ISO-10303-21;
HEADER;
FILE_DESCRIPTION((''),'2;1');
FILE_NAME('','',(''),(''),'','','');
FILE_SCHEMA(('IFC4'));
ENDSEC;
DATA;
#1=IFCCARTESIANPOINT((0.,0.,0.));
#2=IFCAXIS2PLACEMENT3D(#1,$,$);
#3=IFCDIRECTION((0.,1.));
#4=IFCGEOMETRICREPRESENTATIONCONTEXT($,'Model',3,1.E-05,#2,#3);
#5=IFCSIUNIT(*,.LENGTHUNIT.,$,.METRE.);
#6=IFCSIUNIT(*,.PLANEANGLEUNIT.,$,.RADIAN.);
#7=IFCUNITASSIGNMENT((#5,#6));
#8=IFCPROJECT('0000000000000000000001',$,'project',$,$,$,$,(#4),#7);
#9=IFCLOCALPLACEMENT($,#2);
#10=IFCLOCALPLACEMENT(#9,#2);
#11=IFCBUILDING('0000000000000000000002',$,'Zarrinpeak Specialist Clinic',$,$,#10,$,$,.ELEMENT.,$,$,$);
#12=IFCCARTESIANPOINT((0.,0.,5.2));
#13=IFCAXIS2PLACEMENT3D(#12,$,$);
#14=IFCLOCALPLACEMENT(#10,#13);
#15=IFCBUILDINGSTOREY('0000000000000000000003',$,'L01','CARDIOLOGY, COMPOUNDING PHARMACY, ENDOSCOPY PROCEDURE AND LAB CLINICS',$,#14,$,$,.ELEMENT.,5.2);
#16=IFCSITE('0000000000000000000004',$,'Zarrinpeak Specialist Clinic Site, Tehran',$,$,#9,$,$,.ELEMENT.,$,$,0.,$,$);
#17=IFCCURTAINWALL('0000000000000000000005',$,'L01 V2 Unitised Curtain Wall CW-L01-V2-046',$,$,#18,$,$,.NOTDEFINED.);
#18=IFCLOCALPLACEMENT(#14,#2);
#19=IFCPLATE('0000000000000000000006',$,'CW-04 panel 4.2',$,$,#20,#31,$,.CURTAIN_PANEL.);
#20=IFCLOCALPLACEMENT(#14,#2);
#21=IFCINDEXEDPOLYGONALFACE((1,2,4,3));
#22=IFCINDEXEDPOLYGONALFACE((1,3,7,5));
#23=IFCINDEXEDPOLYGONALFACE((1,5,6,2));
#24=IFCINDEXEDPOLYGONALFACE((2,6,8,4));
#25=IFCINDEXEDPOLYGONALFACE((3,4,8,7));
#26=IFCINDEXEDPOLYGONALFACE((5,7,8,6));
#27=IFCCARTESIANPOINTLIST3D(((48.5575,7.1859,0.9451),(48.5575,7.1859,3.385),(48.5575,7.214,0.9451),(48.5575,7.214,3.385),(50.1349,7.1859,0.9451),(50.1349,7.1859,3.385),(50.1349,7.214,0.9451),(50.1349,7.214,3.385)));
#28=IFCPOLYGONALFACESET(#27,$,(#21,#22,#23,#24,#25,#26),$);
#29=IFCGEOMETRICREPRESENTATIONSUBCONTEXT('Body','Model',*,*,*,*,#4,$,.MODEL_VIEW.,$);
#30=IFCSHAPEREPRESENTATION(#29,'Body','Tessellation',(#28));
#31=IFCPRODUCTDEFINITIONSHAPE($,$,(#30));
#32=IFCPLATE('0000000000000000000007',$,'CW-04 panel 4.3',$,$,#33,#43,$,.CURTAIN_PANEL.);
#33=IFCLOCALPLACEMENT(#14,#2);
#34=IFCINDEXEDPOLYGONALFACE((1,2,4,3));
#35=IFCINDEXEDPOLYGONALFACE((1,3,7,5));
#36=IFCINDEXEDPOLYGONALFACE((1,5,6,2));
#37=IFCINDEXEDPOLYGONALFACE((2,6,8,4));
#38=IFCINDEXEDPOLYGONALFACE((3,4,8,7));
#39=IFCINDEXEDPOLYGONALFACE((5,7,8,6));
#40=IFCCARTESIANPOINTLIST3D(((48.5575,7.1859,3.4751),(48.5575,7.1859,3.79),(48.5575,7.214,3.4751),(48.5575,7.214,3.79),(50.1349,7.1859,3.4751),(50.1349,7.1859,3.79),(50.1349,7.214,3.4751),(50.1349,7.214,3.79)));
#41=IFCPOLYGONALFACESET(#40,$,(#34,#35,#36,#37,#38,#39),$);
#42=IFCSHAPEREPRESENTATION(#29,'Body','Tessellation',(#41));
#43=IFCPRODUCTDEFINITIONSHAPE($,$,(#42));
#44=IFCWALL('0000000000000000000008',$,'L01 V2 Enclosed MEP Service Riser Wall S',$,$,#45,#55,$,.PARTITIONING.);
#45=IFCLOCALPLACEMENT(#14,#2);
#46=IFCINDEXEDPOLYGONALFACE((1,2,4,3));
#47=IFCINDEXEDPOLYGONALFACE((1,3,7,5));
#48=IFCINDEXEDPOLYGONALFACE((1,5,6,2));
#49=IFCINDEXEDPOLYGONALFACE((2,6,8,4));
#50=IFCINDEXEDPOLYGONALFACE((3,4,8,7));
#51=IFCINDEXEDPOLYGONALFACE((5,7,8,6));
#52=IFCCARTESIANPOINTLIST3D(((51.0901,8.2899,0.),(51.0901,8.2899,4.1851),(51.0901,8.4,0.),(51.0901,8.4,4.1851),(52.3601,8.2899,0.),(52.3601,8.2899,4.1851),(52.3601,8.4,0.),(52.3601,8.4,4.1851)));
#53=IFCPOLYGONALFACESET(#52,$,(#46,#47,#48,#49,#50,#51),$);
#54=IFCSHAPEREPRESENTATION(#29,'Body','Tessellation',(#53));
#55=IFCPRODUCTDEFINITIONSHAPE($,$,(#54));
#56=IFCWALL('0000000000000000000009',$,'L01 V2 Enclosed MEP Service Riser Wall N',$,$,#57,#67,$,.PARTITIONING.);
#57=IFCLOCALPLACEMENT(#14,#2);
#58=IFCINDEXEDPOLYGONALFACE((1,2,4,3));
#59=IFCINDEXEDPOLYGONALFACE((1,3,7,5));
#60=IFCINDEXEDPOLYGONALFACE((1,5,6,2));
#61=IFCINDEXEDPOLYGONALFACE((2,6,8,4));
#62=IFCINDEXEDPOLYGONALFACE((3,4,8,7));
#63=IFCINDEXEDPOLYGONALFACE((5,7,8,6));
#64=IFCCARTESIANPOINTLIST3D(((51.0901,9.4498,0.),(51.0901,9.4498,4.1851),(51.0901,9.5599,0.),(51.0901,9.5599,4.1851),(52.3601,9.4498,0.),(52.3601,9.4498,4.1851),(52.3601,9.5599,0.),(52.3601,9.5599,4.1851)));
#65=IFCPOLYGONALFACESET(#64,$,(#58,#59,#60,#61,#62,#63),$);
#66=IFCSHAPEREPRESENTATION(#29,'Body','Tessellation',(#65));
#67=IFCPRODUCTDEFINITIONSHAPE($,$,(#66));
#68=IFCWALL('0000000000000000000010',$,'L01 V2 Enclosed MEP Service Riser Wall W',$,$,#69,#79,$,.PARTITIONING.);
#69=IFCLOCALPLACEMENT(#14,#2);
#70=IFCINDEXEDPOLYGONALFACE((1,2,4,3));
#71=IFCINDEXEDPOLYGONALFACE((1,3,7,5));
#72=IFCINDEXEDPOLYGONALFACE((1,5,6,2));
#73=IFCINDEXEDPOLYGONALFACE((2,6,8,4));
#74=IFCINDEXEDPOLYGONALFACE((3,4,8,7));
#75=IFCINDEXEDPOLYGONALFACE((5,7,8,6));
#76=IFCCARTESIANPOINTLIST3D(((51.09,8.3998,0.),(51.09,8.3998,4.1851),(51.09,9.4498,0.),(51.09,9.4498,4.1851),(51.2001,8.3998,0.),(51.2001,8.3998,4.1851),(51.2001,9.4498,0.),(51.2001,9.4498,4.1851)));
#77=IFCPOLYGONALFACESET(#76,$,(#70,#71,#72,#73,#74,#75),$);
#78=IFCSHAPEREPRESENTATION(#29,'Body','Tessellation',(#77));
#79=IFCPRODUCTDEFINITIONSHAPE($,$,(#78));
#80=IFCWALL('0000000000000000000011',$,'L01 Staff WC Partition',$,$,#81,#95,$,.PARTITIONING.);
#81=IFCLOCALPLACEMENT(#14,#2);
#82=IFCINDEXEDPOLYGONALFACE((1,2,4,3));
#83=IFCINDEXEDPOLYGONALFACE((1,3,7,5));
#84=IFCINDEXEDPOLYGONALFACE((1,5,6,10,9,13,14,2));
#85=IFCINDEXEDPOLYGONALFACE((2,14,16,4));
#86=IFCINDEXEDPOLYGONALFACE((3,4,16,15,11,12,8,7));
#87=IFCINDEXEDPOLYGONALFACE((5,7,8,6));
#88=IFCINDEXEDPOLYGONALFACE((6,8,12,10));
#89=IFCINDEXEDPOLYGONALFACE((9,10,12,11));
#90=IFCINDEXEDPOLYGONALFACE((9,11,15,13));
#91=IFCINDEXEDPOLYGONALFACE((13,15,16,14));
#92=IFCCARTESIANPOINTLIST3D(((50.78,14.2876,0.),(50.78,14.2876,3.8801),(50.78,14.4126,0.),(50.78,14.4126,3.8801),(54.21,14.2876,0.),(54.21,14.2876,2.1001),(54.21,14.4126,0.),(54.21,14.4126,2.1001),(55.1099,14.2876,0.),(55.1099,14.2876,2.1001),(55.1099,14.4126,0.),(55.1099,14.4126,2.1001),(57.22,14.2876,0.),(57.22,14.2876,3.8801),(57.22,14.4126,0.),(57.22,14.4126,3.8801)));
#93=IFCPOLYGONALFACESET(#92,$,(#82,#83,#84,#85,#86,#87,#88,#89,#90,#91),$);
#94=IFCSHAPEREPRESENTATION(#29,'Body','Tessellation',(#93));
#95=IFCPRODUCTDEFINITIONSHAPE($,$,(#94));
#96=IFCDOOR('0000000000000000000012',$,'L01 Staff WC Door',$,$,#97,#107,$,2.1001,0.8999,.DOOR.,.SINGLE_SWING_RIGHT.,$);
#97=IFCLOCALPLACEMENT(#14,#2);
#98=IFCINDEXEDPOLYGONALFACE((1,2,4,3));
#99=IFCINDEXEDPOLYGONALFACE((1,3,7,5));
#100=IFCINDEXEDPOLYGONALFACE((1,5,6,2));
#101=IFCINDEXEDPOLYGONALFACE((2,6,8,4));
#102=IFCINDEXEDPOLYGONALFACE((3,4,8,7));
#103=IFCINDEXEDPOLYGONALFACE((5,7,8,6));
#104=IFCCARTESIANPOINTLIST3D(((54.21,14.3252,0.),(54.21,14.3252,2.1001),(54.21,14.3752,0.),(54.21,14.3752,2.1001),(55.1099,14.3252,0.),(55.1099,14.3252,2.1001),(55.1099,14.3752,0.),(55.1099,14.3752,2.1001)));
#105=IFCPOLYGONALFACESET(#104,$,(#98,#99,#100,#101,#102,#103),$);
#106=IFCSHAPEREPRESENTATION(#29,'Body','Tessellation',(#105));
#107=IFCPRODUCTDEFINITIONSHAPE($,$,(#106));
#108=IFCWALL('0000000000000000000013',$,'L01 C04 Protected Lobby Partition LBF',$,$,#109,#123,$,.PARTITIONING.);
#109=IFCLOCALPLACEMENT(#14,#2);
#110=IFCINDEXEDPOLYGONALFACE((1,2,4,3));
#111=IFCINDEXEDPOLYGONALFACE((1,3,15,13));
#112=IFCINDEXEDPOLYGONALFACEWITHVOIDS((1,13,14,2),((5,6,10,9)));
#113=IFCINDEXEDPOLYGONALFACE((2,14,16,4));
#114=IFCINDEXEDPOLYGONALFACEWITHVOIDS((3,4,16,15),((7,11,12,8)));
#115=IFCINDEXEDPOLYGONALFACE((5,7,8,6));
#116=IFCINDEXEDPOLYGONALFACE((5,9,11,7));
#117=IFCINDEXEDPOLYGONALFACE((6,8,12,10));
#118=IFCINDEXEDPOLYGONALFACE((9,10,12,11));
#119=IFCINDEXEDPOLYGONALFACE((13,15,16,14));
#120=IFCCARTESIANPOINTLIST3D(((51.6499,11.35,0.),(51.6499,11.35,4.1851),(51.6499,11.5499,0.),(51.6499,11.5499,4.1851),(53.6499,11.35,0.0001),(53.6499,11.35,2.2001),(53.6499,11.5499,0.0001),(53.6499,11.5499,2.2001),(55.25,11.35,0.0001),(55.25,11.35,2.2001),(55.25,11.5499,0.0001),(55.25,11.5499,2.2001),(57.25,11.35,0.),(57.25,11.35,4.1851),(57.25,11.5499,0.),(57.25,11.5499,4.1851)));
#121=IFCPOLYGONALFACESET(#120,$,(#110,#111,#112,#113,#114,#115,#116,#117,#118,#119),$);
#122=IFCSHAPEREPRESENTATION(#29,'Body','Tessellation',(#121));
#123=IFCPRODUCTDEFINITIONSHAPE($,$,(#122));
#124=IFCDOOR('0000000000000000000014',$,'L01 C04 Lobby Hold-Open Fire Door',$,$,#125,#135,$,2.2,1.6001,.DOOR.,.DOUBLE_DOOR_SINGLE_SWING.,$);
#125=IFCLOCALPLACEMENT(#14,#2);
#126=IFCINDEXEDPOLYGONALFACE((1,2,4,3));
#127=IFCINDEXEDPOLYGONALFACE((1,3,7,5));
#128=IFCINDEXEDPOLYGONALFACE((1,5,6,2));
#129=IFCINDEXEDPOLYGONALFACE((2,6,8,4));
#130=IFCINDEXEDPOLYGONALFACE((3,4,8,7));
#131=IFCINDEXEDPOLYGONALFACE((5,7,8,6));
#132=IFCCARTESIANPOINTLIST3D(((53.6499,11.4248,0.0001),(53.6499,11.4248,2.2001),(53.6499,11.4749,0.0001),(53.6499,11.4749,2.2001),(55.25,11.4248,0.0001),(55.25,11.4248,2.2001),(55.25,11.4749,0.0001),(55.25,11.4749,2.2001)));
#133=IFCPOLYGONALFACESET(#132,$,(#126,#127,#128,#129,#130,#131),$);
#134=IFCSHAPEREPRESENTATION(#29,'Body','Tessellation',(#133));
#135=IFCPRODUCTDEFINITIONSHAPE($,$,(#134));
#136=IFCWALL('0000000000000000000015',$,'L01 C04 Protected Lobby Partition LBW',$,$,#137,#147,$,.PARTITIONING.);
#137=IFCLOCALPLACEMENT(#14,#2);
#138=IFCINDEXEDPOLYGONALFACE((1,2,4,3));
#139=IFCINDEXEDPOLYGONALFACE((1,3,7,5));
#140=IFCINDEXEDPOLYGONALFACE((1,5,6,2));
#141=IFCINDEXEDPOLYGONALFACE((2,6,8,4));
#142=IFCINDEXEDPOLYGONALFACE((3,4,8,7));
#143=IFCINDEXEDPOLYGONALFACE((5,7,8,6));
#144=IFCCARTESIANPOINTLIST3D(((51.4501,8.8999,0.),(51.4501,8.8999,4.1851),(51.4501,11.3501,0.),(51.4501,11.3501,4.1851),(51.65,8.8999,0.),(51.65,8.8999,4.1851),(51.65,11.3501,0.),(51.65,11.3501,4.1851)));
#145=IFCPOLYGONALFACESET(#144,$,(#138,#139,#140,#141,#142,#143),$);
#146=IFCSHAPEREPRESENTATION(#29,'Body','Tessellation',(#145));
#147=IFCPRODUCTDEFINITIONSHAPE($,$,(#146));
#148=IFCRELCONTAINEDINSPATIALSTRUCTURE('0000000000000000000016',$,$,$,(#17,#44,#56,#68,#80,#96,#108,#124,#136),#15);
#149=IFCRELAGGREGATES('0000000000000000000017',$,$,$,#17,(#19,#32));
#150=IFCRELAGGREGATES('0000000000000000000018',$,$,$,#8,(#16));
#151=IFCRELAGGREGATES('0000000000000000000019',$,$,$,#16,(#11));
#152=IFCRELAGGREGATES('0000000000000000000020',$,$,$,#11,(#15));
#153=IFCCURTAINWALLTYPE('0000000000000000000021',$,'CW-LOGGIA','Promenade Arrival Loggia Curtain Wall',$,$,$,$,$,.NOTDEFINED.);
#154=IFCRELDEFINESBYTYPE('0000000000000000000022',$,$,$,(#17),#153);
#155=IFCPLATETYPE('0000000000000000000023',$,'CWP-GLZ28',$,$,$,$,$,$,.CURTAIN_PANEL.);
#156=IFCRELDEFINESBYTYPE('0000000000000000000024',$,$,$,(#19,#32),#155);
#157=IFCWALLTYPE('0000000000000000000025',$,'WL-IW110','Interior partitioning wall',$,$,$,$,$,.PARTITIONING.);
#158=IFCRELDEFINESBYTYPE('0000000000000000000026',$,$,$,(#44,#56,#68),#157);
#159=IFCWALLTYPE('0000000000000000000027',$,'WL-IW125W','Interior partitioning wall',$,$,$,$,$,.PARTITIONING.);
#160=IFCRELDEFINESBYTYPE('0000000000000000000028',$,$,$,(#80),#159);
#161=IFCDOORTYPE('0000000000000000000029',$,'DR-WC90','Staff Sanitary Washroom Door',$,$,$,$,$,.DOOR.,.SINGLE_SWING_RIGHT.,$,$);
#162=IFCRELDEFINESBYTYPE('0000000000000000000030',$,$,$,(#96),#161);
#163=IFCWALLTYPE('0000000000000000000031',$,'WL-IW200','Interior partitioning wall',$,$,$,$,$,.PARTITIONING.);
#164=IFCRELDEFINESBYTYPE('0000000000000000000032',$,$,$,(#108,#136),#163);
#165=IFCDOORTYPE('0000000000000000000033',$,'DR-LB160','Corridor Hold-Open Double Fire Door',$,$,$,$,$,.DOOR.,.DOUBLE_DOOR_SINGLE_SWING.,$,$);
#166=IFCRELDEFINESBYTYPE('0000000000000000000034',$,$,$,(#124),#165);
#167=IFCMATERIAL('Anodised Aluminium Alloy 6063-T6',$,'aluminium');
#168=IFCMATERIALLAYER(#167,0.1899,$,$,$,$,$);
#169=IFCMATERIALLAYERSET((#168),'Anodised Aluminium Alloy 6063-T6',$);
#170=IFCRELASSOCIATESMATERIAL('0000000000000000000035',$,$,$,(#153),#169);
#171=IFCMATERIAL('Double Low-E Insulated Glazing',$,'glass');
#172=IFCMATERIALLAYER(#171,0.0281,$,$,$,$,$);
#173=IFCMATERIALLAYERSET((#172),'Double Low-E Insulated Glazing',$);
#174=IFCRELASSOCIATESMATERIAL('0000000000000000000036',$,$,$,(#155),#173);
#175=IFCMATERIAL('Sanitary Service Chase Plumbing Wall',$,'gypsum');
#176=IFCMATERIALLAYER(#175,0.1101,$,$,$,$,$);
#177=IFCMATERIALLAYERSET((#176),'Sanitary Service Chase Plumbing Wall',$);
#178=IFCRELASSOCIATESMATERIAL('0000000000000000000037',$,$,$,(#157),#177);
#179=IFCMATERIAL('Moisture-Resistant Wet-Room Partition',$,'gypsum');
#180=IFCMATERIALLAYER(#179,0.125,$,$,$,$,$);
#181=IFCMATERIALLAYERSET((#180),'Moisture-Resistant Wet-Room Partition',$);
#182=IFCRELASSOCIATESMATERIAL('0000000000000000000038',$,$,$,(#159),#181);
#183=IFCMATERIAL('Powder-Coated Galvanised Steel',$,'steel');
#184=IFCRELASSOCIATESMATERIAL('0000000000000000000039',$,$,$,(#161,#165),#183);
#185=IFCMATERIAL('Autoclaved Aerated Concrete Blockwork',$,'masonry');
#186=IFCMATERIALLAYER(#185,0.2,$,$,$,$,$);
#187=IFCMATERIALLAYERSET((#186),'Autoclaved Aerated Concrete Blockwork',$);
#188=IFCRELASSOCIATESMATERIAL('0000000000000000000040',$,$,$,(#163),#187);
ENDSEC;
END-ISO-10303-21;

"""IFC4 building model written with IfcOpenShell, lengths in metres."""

from ifc_helpers import new_model, si_unit, direction, frame, frame_2d, origin, origin_2d, place, context, subcontext, project, spatial, rectangle, extrude, material, layer, layer_set, type_object, element, fill, aggregate, save


model = new_model("IFC4")

# Units and contexts
model_context = context("Model", 3, precision=1e-05, world=origin(), true_north=direction((0.0, 1.0)))
body_context = subcontext(model_context, "Body", "Model", "MODEL_VIEW")
ifc_project = project(units=[si_unit("LENGTHUNIT", "METRE"), si_unit("PLANEANGLEUNIT", "RADIAN")], contexts=[model_context])

# Site, building, storey
site_placement = place(None, origin())
site = spatial("IfcSite", under=ifc_project, at=site_placement, Name="Zarrinpeak Specialist Clinic Site, Tehran", CompositionType="ELEMENT", RefElevation=0.0)
building_placement = place(site_placement, origin())
building = spatial("IfcBuilding", under=site, at=building_placement, Name="Zarrinpeak Specialist Clinic", CompositionType="ELEMENT")
storey_placement = place(building_placement, frame((0.0, 0.0, 5.2)))
storey = spatial("IfcBuildingStorey", under=building, at=storey_placement, Name="L01", Description="CARDIOLOGY, COMPOUNDING PHARMACY, ENDOSCOPY PROCEDURE AND LAB CLINICS", CompositionType="ELEMENT", Elevation=5.2)

# Curtain wall, plates
ifc_material_1 = material(Name="Anodised Aluminium Alloy 6063-T6", Category="aluminium")
ifc_layer_1 = layer(ifc_material_1, 0.1899)
ifc_layer_set_1 = layer_set([ifc_layer_1], Name="Anodised Aluminium Alloy 6063-T6")
curtain_wall_type = type_object("IfcCurtainWallType", Name="CW-LOGGIA", Description="Promenade Arrival Loggia Curtain Wall", PredefinedType="NOTDEFINED", material=ifc_layer_set_1)
curtain_wall_placement = place(storey_placement, origin())
curtain_wall = element("IfcCurtainWall", 1, at=curtain_wall_placement, inside=storey, type_object=curtain_wall_type, Name="L01 V2 Unitised Curtain Wall CW-L01-V2-046", PredefinedType="NOTDEFINED")
ifc_material_2 = material(Name="Double Low-E Insulated Glazing", Category="glass")
ifc_layer_2 = layer(ifc_material_2, 0.0281)
ifc_layer_set_2 = layer_set([ifc_layer_2], Name="Double Low-E Insulated Glazing")
plate_type = type_object("IfcPlateType", Name="CWP-GLZ28", PredefinedType="CURTAIN_PANEL", material=ifc_layer_set_2)
plate_1_placement = place(storey_placement, frame((49.3462, 7.2, 0.9451), z_axis=(0.0, 0.0, 1.0), x_axis=(1.0, 0.0, 0.0)))
plate_1 = element("IfcPlate", 2, at=plate_1_placement, type_object=plate_type, Name="CW-04 panel 4.2", PredefinedType="CURTAIN_PANEL", context=body_context, shape_type="SweptSolid", body=[
    extrude(rectangle(XDim=1.5774, YDim=0.0281, at=origin_2d()), origin(), (0.0, 0.0, 1.0), 2.4399),
])
plate_2_placement = place(storey_placement, frame((49.3462, 7.2, 3.4751), z_axis=(0.0, 0.0, 1.0), x_axis=(1.0, 0.0, 0.0)))
plate_2 = element("IfcPlate", 3, at=plate_2_placement, type_object=plate_type, Name="CW-04 panel 4.3", PredefinedType="CURTAIN_PANEL", context=body_context, shape_type="SweptSolid", body=[
    extrude(rectangle(XDim=1.5774, YDim=0.0281, at=origin_2d()), origin(), (0.0, 0.0, 1.0), 0.3149),
])
aggregate(curtain_wall, [plate_1, plate_2])

# Walls
ifc_material_3 = material(Name="Sanitary Service Chase Plumbing Wall", Category="gypsum")
ifc_layer_3 = layer(ifc_material_3, 0.1101)
ifc_layer_set_3 = layer_set([ifc_layer_3], Name="Sanitary Service Chase Plumbing Wall")
wall_type_1 = type_object("IfcWallType", Name="WL-IW110", Description="Interior partitioning wall", PredefinedType="PARTITIONING", material=ifc_layer_set_3)
for number, where, z_axis, x_axis, name in (
    (4, (51.0901, 8.345, 0.0), (0.0, 0.0, 1.0), (1.0, 0.0, 0.0), "L01 V2 Enclosed MEP Service Riser Wall S"),
    (5, (51.0901, 9.5049, 0.0), (0.0, 0.0, 1.0), (1.0, 0.0, 0.0), "L01 V2 Enclosed MEP Service Riser Wall N"),
):
    element("IfcWall", number, at=place(storey_placement, frame(where, z_axis=z_axis, x_axis=x_axis)), inside=storey, type_object=wall_type_1, Name=name, PredefinedType="PARTITIONING", context=body_context, shape_type="SweptSolid", body=[
        extrude(rectangle(XDim=1.27, YDim=0.1101, at=frame_2d((0.635, 0.0))), origin(), (0.0, 0.0, 1.0), 4.1851),
    ])
wall_1_placement = place(storey_placement, frame((51.145, 8.3999, 0.0), z_axis=(0.0, 0.0, 1.0), x_axis=(0.0, 1.0, 0.0)))
element("IfcWall", 6, at=wall_1_placement, inside=storey, type_object=wall_type_1, Name="L01 V2 Enclosed MEP Service Riser Wall W", PredefinedType="PARTITIONING", context=body_context, shape_type="SweptSolid", body=[
    extrude(rectangle(XDim=1.05, YDim=0.1101, at=frame_2d((0.5249, 0.0))), origin(), (0.0, 0.0, 1.0), 4.1851),
])

# Walls, openings, doors
ifc_material_4 = material(Name="Moisture-Resistant Wet-Room Partition", Category="gypsum")
ifc_layer_4 = layer(ifc_material_4, 0.125)
ifc_layer_set_4 = layer_set([ifc_layer_4], Name="Moisture-Resistant Wet-Room Partition")
wall_type_2 = type_object("IfcWallType", Name="WL-IW125W", Description="Interior partitioning wall", PredefinedType="PARTITIONING", material=ifc_layer_set_4)
wall_2_placement = place(storey_placement, frame((50.78, 14.3501, 0.0), z_axis=(0.0, 0.0, 1.0), x_axis=(1.0, 0.0, 0.0)))
wall_2 = element("IfcWall", 7, at=wall_2_placement, inside=storey, type_object=wall_type_2, Name="L01 Staff WC Partition", PredefinedType="PARTITIONING", context=body_context, shape_type="SweptSolid", body=[
    extrude(rectangle(XDim=6.4399, YDim=0.125, at=frame_2d((3.22, 0.0))), origin(), (0.0, 0.0, 1.0), 3.8801),
])
opening_1_placement = place(wall_2_placement, frame((3.4299, 0.0, 0.0)))
opening_1 = element("IfcOpeningElement", 8, at=opening_1_placement, cuts=wall_2, PredefinedType="OPENING", context=body_context, shape_type="SweptSolid", body=[
    extrude(rectangle(XDim=0.8999, YDim=2.1001, at=frame_2d((0.45, 1.05))), frame((0.0, 0.0725, 0.0), z_axis=(0.0, -1.0, 0.0), x_axis=(1.0, 0.0, 0.0)), (0.0, 0.0, 1.0), 0.145),
])
ifc_material_5 = material(Name="Powder-Coated Galvanised Steel", Category="steel")
door_type_1 = type_object("IfcDoorType", Name="DR-WC90", Description="Staff Sanitary Washroom Door", OperationType="SINGLE_SWING_RIGHT", PredefinedType="DOOR", material=ifc_material_5)
door_1_placement = place(opening_1_placement, frame((0.8999, 0.0, 0.0), z_axis=(0.0, 0.0, 1.0), x_axis=(-1.0, 0.0, 0.0)))
door_1 = element("IfcDoor", 9, at=door_1_placement, inside=storey, type_object=door_type_1, Name="L01 Staff WC Door", OperationType="SINGLE_SWING_RIGHT", OverallHeight=2.1001, OverallWidth=0.8999, PredefinedType="DOOR", context=body_context, shape_type="SweptSolid", body=[
    extrude(rectangle(XDim=0.8999, YDim=2.1001, at=frame_2d((0.45, 1.05))), frame((0.0, 0.0249, 0.0), z_axis=(0.0, -1.0, 0.0), x_axis=(1.0, 0.0, 0.0)), (0.0, 0.0, 1.0), 0.05),
])
fill(opening_1, door_1)
ifc_material_6 = material(Name="Autoclaved Aerated Concrete Blockwork", Category="masonry")
ifc_layer_5 = layer(ifc_material_6, 0.2)
ifc_layer_set_5 = layer_set([ifc_layer_5], Name="Autoclaved Aerated Concrete Blockwork")
wall_type_3 = type_object("IfcWallType", Name="WL-IW200", Description="Interior partitioning wall", PredefinedType="PARTITIONING", material=ifc_layer_set_5)
wall_3_placement = place(storey_placement, frame((51.6499, 11.45, 0.0), z_axis=(0.0, 0.0, 1.0), x_axis=(1.0, 0.0, 0.0)))
wall_3 = element("IfcWall", 10, at=wall_3_placement, inside=storey, type_object=wall_type_3, Name="L01 C04 Protected Lobby Partition LBF", PredefinedType="PARTITIONING", context=body_context, shape_type="SweptSolid", body=[
    extrude(rectangle(XDim=5.6001, YDim=0.2, at=frame_2d((2.8, 0.0))), origin(), (0.0, 0.0, 1.0), 4.1851),
])
opening_2_placement = place(wall_3_placement, frame((2.0, 0.0, 0.0)))
opening_2 = element("IfcOpeningElement", 11, at=opening_2_placement, cuts=wall_3, PredefinedType="OPENING", context=body_context, shape_type="SweptSolid", body=[
    extrude(rectangle(XDim=1.6001, YDim=2.2, at=frame_2d((0.8, 1.1001))), frame((0.0, 0.1099, 0.0), z_axis=(0.0, -1.0, 0.0), x_axis=(1.0, 0.0, 0.0)), (0.0, 0.0, 1.0), 0.22),
])
door_type_2 = type_object("IfcDoorType", Name="DR-LB160", Description="Corridor Hold-Open Double Fire Door", OperationType="DOUBLE_DOOR_SINGLE_SWING", PredefinedType="DOOR", material=ifc_material_5)
door_2_placement = place(opening_2_placement, origin())
door_2 = element("IfcDoor", 12, at=door_2_placement, inside=storey, type_object=door_type_2, Name="L01 C04 Lobby Hold-Open Fire Door", OperationType="DOUBLE_DOOR_SINGLE_SWING", OverallHeight=2.2, OverallWidth=1.6001, PredefinedType="DOOR", context=body_context, shape_type="SweptSolid", body=[
    extrude(rectangle(XDim=1.6001, YDim=2.2, at=frame_2d((0.8, 1.1001))), frame((0.0, 0.0249, 0.0), z_axis=(0.0, -1.0, 0.0), x_axis=(1.0, 0.0, 0.0)), (0.0, 0.0, 1.0), 0.05),
])
fill(opening_2, door_2)

# Wall
wall_4_placement = place(storey_placement, frame((51.55, 8.8999, 0.0), z_axis=(0.0, 0.0, 1.0), x_axis=(0.0, 1.0, 0.0)))
element("IfcWall", 13, at=wall_4_placement, inside=storey, type_object=wall_type_3, Name="L01 C04 Protected Lobby Partition LBW", PredefinedType="PARTITIONING", context=body_context, shape_type="SweptSolid", body=[
    extrude(rectangle(XDim=2.4502, YDim=0.2, at=frame_2d((1.2251, 0.0))), origin(), (0.0, 0.0, 1.0), 4.1851),
])

save(model, "model.ifc")
